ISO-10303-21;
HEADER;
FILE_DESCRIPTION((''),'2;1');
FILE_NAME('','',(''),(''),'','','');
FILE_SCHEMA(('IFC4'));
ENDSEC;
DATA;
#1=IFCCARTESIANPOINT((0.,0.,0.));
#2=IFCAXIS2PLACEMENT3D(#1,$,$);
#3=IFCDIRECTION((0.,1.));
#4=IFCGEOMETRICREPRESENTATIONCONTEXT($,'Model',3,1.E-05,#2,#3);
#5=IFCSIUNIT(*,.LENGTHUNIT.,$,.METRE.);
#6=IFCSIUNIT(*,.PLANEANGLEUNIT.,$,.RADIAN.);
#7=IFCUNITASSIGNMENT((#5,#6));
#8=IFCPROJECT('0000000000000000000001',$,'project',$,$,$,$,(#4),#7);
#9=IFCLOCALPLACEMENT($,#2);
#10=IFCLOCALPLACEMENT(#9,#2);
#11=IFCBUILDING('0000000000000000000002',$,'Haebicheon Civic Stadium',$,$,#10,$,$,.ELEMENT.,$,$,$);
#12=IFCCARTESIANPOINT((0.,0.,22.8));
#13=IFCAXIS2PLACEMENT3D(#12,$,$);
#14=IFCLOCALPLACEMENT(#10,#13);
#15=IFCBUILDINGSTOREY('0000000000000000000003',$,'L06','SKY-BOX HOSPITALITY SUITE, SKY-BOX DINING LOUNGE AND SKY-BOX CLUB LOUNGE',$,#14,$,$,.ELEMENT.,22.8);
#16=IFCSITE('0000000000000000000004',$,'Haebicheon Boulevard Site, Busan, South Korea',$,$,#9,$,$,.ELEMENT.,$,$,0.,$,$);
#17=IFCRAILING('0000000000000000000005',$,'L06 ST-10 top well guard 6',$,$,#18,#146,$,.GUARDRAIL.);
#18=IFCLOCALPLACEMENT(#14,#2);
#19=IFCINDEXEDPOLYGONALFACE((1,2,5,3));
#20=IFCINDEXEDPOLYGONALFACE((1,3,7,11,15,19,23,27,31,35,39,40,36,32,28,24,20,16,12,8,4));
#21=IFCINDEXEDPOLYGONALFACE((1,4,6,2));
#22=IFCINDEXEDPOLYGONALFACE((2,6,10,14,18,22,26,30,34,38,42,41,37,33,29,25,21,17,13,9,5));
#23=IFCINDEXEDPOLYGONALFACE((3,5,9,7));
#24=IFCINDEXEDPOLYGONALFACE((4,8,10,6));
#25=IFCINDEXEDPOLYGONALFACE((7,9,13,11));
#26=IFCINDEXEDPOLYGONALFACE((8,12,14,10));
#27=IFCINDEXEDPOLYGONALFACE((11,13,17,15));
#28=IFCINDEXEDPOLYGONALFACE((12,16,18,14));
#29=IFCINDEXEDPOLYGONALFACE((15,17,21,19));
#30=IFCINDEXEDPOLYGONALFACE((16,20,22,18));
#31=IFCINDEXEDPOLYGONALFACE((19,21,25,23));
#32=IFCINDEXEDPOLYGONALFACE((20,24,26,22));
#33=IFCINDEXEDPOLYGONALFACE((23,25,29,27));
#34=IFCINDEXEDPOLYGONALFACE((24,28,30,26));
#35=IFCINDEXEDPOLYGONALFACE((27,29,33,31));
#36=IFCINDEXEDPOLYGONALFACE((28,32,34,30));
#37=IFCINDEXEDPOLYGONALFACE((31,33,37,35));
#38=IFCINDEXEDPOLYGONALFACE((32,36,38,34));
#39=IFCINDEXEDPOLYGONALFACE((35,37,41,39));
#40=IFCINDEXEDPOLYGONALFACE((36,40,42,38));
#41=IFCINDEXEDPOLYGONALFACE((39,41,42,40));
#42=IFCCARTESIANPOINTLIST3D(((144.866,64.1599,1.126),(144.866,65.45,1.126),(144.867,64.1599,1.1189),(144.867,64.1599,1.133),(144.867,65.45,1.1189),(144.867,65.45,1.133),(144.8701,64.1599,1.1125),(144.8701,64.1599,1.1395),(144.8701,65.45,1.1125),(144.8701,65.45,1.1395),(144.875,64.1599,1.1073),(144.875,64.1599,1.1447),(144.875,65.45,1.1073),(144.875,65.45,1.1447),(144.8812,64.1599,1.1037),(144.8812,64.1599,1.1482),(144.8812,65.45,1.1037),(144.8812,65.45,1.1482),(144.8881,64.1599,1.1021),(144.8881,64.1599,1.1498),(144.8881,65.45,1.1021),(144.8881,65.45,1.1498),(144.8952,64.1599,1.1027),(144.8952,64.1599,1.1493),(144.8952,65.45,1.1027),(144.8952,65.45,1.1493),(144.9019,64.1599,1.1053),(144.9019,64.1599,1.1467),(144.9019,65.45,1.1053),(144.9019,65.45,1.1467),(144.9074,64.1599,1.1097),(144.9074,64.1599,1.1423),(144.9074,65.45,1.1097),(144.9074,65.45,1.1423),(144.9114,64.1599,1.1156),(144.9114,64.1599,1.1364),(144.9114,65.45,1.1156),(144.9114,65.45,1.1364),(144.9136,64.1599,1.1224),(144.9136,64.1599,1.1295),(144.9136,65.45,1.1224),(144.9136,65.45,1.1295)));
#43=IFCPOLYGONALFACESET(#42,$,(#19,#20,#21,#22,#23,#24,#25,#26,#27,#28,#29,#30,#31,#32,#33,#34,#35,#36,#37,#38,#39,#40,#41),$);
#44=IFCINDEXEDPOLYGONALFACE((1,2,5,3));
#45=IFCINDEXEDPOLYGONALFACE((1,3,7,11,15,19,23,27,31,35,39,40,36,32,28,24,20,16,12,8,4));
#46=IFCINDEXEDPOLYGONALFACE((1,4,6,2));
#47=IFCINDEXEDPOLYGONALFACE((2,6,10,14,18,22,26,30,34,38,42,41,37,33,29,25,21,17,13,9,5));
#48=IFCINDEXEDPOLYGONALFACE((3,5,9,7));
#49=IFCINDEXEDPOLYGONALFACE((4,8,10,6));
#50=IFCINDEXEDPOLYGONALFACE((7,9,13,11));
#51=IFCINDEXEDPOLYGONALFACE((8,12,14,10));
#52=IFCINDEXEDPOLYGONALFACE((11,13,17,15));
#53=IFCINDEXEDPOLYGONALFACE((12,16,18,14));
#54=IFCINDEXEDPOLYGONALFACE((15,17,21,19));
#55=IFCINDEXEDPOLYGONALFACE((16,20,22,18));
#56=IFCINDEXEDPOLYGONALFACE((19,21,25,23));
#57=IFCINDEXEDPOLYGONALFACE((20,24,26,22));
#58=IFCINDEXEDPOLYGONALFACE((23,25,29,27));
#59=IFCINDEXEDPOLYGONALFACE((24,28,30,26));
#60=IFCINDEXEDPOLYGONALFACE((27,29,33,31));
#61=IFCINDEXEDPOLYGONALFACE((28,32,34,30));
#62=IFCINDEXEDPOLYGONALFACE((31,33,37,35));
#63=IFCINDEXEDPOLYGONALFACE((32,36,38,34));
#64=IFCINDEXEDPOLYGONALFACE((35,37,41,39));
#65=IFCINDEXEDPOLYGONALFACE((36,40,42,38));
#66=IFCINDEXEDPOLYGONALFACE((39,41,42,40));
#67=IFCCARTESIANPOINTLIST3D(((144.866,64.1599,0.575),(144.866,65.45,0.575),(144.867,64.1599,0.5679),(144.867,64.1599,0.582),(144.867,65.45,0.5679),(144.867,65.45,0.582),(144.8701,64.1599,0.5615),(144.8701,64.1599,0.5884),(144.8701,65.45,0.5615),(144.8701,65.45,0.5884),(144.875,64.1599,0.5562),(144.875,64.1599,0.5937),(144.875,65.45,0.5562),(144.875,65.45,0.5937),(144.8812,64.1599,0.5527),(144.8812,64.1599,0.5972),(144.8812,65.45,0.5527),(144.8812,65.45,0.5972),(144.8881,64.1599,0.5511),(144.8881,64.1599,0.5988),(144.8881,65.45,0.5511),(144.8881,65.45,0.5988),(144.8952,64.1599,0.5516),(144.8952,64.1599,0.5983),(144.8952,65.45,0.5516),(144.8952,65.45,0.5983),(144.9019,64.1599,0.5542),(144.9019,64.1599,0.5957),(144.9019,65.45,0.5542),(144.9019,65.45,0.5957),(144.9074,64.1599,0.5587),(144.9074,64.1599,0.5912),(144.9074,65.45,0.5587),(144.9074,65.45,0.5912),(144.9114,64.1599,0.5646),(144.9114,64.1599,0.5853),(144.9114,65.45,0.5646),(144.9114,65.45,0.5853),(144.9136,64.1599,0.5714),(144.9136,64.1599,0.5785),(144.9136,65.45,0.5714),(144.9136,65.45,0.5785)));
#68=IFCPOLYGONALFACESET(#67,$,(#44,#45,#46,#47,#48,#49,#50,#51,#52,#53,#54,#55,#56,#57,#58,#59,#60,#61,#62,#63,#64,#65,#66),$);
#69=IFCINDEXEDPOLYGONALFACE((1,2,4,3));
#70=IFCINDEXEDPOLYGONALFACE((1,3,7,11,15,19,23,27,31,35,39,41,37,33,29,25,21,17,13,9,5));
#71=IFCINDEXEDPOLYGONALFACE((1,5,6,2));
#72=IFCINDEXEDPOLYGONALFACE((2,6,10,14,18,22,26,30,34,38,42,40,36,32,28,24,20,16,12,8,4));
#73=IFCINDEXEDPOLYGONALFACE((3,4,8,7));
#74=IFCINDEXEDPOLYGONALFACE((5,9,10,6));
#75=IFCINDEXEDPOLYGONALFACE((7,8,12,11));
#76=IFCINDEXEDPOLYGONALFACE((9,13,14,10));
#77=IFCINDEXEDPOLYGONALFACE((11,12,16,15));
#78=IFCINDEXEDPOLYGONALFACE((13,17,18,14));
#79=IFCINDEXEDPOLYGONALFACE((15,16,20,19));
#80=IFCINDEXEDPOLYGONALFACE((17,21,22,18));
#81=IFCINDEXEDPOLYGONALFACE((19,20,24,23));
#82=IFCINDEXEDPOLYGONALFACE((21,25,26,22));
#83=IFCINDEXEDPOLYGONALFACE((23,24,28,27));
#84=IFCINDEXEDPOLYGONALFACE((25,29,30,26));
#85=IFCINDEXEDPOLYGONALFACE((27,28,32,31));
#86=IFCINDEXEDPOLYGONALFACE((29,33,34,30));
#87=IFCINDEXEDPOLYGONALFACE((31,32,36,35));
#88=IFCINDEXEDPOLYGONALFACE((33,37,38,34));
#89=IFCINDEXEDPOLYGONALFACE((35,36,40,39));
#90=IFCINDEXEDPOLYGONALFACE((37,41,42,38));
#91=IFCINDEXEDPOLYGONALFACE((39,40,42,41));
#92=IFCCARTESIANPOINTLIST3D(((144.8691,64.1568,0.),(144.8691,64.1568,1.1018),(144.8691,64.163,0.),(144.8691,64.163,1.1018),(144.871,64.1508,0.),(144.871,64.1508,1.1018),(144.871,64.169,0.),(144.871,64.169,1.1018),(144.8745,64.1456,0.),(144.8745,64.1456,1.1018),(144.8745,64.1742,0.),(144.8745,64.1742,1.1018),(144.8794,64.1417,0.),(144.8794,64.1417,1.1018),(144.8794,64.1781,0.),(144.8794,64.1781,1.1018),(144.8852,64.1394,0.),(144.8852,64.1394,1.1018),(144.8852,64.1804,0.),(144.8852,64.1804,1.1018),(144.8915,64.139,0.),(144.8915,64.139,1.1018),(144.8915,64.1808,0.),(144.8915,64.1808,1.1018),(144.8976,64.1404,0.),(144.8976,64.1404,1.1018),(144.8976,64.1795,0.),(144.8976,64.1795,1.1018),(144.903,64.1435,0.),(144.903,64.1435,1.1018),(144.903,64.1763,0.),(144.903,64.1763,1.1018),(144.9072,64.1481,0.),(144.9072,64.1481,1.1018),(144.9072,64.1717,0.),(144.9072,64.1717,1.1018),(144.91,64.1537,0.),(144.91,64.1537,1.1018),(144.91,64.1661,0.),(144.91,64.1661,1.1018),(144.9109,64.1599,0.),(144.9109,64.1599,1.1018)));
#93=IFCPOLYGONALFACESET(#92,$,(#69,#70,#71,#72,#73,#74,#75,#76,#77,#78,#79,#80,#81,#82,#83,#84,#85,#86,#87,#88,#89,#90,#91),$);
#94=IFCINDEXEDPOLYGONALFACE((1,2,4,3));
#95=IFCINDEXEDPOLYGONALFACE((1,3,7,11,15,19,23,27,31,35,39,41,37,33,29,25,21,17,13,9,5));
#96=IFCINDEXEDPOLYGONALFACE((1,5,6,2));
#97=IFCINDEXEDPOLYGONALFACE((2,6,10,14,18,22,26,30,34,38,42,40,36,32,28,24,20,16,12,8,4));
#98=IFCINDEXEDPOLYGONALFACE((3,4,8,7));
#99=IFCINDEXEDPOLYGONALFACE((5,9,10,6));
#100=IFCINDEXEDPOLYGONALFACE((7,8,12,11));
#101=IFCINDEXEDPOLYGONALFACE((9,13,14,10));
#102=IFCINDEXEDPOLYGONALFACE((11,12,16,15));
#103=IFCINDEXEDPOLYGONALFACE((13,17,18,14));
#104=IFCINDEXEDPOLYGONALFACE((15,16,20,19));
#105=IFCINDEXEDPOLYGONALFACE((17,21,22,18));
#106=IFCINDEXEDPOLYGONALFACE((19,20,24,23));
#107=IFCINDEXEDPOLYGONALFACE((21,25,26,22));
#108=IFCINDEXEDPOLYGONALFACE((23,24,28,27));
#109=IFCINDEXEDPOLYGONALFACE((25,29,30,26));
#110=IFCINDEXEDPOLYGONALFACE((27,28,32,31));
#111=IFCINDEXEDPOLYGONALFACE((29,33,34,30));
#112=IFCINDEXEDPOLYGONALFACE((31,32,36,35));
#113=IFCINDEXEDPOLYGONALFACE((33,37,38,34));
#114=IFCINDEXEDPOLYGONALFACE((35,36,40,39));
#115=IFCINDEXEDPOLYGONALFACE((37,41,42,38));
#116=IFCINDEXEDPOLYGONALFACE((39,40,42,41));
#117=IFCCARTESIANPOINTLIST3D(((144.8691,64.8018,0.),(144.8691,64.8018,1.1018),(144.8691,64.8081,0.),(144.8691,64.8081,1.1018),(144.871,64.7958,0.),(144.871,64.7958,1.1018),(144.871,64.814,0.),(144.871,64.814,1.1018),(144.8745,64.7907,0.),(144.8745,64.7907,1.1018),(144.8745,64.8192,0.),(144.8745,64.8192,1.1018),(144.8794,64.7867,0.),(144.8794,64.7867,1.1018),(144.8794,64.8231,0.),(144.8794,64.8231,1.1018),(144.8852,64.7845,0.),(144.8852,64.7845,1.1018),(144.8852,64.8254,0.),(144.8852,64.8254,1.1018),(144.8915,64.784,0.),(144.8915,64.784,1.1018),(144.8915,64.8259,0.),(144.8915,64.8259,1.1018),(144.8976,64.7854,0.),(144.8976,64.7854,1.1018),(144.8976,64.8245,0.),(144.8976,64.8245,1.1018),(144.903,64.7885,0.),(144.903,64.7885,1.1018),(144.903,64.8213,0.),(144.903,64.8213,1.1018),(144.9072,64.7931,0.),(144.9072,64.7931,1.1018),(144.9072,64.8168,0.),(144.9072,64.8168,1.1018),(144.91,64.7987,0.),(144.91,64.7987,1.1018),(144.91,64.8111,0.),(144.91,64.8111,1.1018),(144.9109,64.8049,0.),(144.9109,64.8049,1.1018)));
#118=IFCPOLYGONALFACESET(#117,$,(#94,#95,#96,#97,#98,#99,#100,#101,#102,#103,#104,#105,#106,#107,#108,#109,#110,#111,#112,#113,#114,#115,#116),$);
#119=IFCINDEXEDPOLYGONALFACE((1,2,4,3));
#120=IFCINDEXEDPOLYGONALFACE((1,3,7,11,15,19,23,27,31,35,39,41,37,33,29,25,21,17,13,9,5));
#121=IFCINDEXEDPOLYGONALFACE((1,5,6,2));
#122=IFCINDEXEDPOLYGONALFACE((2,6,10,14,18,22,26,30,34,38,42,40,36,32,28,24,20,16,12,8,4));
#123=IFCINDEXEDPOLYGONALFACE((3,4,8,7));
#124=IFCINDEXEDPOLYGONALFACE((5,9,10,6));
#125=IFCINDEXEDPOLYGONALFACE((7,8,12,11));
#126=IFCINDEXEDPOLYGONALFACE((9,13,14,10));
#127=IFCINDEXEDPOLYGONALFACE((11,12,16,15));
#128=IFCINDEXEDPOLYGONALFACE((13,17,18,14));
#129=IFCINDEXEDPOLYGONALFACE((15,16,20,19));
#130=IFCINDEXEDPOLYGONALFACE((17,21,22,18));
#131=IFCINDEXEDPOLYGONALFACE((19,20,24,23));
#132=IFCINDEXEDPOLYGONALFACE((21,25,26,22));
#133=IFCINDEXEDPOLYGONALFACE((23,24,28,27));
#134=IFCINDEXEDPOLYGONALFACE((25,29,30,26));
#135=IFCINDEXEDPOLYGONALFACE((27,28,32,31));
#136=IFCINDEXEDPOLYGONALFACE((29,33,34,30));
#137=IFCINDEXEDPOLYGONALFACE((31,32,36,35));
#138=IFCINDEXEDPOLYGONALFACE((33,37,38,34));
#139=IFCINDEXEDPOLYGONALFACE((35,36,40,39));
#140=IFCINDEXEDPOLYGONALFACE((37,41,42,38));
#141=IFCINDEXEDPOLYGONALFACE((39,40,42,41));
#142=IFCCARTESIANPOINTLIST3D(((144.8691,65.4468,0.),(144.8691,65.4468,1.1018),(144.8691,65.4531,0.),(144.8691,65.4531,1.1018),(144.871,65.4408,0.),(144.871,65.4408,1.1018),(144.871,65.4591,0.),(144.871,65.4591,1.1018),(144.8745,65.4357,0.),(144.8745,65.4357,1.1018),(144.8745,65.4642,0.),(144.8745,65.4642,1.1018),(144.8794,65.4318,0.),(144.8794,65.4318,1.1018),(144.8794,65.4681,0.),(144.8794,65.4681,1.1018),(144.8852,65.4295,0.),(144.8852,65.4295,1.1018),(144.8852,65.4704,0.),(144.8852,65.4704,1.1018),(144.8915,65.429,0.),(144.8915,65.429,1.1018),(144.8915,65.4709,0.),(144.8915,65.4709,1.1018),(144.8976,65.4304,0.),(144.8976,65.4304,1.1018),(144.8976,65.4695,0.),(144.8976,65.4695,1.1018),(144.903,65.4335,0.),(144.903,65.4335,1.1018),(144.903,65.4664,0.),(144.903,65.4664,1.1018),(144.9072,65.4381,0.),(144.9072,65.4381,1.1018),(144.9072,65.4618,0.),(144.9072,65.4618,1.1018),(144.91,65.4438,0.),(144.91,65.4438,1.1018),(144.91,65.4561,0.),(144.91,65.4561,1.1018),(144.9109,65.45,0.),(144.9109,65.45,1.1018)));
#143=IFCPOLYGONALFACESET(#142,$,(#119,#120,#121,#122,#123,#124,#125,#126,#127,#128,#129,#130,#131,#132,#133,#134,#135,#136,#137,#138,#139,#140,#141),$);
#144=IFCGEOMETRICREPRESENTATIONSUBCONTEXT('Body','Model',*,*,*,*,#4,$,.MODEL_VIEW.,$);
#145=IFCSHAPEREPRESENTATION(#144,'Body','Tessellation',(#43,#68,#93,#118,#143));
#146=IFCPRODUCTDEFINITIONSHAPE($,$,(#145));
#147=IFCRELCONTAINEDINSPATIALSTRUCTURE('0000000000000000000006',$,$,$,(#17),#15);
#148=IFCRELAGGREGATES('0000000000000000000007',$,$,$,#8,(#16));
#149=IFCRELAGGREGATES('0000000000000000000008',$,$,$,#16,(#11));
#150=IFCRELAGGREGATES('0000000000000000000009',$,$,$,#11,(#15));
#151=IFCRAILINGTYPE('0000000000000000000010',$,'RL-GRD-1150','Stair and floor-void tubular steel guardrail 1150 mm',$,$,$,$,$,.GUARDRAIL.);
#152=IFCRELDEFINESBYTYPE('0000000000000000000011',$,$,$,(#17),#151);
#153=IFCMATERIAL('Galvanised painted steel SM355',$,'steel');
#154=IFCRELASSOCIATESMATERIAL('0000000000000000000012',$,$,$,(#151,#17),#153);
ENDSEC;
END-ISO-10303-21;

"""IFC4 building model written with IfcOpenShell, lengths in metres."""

from ifc_helpers import new_model, si_unit, direction, frame, origin, origin_2d, place, context, subcontext, project, spatial, circle, extrude, material, type_object, element, save


model = new_model("IFC4")

# Units and contexts
model_context = context("Model", 3, precision=1e-05, world=origin(), true_north=direction((0.0, 1.0)))
body_context = subcontext(model_context, "Body", "Model", "MODEL_VIEW")
ifc_project = project(units=[si_unit("LENGTHUNIT", "METRE"), si_unit("PLANEANGLEUNIT", "RADIAN")], contexts=[model_context])

# Site, building, storey
site_placement = place(None, origin())
site = spatial("IfcSite", under=ifc_project, at=site_placement, Name="Haebicheon Boulevard Site, Busan, South Korea", CompositionType="ELEMENT", RefElevation=0.0)
building_placement = place(site_placement, origin())
building = spatial("IfcBuilding", under=site, at=building_placement, Name="Haebicheon Civic Stadium", CompositionType="ELEMENT")
storey_placement = place(building_placement, frame((0.0, 0.0, 22.8)))
storey = spatial("IfcBuildingStorey", under=building, at=storey_placement, Name="L06", Description="SKY-BOX HOSPITALITY SUITE, SKY-BOX DINING LOUNGE AND SKY-BOX CLUB LOUNGE", CompositionType="ELEMENT", Elevation=22.8)

# Railing
ifc_material_1 = material(Name="Galvanised painted steel SM355", Category="steel")
railing_type = type_object("IfcRailingType", Name="RL-GRD-1150", Description="Stair and floor-void tubular steel guardrail 1150 mm", PredefinedType="GUARDRAIL", material=ifc_material_1)
for number, where, name in (
    (1, (144.8899, 64.1599, 0.0), "L06 ST-10 top well guard 6"),
):
    element("IfcRailing", number, at=place(storey_placement, frame(where)), inside=storey, type_object=railing_type, material=ifc_material_1, Name=name, PredefinedType="GUARDRAIL", context=body_context, shape_type="SweptSolid", body=[
        extrude(circle(Radius=0.0239, at=origin_2d()), frame((0.0, 0.0, 1.126), z_axis=(0.0, 1.0, 0.0), x_axis=(-1.0, 0.0, 0.0)), (0.0, 0.0, 1.0), 1.29),
        extrude(circle(Radius=0.0239, at=origin_2d()), frame((0.0, 0.0, 0.575), z_axis=(0.0, 1.0, 0.0), x_axis=(-1.0, 0.0, 0.0)), (0.0, 0.0, 1.0), 1.29),
        extrude(circle(Radius=0.021, at=origin_2d()), origin(), (0.0, 0.0, 1.0), 1.1018),
        extrude(circle(Radius=0.021, at=origin_2d()), frame((0.0, 0.645, 0.0)), (0.0, 0.0, 1.0), 1.1018),
        extrude(circle(Radius=0.021, at=origin_2d()), frame((0.0, 1.29, 0.0)), (0.0, 0.0, 1.0), 1.1018),
    ])

save(model, "model.ifc")
